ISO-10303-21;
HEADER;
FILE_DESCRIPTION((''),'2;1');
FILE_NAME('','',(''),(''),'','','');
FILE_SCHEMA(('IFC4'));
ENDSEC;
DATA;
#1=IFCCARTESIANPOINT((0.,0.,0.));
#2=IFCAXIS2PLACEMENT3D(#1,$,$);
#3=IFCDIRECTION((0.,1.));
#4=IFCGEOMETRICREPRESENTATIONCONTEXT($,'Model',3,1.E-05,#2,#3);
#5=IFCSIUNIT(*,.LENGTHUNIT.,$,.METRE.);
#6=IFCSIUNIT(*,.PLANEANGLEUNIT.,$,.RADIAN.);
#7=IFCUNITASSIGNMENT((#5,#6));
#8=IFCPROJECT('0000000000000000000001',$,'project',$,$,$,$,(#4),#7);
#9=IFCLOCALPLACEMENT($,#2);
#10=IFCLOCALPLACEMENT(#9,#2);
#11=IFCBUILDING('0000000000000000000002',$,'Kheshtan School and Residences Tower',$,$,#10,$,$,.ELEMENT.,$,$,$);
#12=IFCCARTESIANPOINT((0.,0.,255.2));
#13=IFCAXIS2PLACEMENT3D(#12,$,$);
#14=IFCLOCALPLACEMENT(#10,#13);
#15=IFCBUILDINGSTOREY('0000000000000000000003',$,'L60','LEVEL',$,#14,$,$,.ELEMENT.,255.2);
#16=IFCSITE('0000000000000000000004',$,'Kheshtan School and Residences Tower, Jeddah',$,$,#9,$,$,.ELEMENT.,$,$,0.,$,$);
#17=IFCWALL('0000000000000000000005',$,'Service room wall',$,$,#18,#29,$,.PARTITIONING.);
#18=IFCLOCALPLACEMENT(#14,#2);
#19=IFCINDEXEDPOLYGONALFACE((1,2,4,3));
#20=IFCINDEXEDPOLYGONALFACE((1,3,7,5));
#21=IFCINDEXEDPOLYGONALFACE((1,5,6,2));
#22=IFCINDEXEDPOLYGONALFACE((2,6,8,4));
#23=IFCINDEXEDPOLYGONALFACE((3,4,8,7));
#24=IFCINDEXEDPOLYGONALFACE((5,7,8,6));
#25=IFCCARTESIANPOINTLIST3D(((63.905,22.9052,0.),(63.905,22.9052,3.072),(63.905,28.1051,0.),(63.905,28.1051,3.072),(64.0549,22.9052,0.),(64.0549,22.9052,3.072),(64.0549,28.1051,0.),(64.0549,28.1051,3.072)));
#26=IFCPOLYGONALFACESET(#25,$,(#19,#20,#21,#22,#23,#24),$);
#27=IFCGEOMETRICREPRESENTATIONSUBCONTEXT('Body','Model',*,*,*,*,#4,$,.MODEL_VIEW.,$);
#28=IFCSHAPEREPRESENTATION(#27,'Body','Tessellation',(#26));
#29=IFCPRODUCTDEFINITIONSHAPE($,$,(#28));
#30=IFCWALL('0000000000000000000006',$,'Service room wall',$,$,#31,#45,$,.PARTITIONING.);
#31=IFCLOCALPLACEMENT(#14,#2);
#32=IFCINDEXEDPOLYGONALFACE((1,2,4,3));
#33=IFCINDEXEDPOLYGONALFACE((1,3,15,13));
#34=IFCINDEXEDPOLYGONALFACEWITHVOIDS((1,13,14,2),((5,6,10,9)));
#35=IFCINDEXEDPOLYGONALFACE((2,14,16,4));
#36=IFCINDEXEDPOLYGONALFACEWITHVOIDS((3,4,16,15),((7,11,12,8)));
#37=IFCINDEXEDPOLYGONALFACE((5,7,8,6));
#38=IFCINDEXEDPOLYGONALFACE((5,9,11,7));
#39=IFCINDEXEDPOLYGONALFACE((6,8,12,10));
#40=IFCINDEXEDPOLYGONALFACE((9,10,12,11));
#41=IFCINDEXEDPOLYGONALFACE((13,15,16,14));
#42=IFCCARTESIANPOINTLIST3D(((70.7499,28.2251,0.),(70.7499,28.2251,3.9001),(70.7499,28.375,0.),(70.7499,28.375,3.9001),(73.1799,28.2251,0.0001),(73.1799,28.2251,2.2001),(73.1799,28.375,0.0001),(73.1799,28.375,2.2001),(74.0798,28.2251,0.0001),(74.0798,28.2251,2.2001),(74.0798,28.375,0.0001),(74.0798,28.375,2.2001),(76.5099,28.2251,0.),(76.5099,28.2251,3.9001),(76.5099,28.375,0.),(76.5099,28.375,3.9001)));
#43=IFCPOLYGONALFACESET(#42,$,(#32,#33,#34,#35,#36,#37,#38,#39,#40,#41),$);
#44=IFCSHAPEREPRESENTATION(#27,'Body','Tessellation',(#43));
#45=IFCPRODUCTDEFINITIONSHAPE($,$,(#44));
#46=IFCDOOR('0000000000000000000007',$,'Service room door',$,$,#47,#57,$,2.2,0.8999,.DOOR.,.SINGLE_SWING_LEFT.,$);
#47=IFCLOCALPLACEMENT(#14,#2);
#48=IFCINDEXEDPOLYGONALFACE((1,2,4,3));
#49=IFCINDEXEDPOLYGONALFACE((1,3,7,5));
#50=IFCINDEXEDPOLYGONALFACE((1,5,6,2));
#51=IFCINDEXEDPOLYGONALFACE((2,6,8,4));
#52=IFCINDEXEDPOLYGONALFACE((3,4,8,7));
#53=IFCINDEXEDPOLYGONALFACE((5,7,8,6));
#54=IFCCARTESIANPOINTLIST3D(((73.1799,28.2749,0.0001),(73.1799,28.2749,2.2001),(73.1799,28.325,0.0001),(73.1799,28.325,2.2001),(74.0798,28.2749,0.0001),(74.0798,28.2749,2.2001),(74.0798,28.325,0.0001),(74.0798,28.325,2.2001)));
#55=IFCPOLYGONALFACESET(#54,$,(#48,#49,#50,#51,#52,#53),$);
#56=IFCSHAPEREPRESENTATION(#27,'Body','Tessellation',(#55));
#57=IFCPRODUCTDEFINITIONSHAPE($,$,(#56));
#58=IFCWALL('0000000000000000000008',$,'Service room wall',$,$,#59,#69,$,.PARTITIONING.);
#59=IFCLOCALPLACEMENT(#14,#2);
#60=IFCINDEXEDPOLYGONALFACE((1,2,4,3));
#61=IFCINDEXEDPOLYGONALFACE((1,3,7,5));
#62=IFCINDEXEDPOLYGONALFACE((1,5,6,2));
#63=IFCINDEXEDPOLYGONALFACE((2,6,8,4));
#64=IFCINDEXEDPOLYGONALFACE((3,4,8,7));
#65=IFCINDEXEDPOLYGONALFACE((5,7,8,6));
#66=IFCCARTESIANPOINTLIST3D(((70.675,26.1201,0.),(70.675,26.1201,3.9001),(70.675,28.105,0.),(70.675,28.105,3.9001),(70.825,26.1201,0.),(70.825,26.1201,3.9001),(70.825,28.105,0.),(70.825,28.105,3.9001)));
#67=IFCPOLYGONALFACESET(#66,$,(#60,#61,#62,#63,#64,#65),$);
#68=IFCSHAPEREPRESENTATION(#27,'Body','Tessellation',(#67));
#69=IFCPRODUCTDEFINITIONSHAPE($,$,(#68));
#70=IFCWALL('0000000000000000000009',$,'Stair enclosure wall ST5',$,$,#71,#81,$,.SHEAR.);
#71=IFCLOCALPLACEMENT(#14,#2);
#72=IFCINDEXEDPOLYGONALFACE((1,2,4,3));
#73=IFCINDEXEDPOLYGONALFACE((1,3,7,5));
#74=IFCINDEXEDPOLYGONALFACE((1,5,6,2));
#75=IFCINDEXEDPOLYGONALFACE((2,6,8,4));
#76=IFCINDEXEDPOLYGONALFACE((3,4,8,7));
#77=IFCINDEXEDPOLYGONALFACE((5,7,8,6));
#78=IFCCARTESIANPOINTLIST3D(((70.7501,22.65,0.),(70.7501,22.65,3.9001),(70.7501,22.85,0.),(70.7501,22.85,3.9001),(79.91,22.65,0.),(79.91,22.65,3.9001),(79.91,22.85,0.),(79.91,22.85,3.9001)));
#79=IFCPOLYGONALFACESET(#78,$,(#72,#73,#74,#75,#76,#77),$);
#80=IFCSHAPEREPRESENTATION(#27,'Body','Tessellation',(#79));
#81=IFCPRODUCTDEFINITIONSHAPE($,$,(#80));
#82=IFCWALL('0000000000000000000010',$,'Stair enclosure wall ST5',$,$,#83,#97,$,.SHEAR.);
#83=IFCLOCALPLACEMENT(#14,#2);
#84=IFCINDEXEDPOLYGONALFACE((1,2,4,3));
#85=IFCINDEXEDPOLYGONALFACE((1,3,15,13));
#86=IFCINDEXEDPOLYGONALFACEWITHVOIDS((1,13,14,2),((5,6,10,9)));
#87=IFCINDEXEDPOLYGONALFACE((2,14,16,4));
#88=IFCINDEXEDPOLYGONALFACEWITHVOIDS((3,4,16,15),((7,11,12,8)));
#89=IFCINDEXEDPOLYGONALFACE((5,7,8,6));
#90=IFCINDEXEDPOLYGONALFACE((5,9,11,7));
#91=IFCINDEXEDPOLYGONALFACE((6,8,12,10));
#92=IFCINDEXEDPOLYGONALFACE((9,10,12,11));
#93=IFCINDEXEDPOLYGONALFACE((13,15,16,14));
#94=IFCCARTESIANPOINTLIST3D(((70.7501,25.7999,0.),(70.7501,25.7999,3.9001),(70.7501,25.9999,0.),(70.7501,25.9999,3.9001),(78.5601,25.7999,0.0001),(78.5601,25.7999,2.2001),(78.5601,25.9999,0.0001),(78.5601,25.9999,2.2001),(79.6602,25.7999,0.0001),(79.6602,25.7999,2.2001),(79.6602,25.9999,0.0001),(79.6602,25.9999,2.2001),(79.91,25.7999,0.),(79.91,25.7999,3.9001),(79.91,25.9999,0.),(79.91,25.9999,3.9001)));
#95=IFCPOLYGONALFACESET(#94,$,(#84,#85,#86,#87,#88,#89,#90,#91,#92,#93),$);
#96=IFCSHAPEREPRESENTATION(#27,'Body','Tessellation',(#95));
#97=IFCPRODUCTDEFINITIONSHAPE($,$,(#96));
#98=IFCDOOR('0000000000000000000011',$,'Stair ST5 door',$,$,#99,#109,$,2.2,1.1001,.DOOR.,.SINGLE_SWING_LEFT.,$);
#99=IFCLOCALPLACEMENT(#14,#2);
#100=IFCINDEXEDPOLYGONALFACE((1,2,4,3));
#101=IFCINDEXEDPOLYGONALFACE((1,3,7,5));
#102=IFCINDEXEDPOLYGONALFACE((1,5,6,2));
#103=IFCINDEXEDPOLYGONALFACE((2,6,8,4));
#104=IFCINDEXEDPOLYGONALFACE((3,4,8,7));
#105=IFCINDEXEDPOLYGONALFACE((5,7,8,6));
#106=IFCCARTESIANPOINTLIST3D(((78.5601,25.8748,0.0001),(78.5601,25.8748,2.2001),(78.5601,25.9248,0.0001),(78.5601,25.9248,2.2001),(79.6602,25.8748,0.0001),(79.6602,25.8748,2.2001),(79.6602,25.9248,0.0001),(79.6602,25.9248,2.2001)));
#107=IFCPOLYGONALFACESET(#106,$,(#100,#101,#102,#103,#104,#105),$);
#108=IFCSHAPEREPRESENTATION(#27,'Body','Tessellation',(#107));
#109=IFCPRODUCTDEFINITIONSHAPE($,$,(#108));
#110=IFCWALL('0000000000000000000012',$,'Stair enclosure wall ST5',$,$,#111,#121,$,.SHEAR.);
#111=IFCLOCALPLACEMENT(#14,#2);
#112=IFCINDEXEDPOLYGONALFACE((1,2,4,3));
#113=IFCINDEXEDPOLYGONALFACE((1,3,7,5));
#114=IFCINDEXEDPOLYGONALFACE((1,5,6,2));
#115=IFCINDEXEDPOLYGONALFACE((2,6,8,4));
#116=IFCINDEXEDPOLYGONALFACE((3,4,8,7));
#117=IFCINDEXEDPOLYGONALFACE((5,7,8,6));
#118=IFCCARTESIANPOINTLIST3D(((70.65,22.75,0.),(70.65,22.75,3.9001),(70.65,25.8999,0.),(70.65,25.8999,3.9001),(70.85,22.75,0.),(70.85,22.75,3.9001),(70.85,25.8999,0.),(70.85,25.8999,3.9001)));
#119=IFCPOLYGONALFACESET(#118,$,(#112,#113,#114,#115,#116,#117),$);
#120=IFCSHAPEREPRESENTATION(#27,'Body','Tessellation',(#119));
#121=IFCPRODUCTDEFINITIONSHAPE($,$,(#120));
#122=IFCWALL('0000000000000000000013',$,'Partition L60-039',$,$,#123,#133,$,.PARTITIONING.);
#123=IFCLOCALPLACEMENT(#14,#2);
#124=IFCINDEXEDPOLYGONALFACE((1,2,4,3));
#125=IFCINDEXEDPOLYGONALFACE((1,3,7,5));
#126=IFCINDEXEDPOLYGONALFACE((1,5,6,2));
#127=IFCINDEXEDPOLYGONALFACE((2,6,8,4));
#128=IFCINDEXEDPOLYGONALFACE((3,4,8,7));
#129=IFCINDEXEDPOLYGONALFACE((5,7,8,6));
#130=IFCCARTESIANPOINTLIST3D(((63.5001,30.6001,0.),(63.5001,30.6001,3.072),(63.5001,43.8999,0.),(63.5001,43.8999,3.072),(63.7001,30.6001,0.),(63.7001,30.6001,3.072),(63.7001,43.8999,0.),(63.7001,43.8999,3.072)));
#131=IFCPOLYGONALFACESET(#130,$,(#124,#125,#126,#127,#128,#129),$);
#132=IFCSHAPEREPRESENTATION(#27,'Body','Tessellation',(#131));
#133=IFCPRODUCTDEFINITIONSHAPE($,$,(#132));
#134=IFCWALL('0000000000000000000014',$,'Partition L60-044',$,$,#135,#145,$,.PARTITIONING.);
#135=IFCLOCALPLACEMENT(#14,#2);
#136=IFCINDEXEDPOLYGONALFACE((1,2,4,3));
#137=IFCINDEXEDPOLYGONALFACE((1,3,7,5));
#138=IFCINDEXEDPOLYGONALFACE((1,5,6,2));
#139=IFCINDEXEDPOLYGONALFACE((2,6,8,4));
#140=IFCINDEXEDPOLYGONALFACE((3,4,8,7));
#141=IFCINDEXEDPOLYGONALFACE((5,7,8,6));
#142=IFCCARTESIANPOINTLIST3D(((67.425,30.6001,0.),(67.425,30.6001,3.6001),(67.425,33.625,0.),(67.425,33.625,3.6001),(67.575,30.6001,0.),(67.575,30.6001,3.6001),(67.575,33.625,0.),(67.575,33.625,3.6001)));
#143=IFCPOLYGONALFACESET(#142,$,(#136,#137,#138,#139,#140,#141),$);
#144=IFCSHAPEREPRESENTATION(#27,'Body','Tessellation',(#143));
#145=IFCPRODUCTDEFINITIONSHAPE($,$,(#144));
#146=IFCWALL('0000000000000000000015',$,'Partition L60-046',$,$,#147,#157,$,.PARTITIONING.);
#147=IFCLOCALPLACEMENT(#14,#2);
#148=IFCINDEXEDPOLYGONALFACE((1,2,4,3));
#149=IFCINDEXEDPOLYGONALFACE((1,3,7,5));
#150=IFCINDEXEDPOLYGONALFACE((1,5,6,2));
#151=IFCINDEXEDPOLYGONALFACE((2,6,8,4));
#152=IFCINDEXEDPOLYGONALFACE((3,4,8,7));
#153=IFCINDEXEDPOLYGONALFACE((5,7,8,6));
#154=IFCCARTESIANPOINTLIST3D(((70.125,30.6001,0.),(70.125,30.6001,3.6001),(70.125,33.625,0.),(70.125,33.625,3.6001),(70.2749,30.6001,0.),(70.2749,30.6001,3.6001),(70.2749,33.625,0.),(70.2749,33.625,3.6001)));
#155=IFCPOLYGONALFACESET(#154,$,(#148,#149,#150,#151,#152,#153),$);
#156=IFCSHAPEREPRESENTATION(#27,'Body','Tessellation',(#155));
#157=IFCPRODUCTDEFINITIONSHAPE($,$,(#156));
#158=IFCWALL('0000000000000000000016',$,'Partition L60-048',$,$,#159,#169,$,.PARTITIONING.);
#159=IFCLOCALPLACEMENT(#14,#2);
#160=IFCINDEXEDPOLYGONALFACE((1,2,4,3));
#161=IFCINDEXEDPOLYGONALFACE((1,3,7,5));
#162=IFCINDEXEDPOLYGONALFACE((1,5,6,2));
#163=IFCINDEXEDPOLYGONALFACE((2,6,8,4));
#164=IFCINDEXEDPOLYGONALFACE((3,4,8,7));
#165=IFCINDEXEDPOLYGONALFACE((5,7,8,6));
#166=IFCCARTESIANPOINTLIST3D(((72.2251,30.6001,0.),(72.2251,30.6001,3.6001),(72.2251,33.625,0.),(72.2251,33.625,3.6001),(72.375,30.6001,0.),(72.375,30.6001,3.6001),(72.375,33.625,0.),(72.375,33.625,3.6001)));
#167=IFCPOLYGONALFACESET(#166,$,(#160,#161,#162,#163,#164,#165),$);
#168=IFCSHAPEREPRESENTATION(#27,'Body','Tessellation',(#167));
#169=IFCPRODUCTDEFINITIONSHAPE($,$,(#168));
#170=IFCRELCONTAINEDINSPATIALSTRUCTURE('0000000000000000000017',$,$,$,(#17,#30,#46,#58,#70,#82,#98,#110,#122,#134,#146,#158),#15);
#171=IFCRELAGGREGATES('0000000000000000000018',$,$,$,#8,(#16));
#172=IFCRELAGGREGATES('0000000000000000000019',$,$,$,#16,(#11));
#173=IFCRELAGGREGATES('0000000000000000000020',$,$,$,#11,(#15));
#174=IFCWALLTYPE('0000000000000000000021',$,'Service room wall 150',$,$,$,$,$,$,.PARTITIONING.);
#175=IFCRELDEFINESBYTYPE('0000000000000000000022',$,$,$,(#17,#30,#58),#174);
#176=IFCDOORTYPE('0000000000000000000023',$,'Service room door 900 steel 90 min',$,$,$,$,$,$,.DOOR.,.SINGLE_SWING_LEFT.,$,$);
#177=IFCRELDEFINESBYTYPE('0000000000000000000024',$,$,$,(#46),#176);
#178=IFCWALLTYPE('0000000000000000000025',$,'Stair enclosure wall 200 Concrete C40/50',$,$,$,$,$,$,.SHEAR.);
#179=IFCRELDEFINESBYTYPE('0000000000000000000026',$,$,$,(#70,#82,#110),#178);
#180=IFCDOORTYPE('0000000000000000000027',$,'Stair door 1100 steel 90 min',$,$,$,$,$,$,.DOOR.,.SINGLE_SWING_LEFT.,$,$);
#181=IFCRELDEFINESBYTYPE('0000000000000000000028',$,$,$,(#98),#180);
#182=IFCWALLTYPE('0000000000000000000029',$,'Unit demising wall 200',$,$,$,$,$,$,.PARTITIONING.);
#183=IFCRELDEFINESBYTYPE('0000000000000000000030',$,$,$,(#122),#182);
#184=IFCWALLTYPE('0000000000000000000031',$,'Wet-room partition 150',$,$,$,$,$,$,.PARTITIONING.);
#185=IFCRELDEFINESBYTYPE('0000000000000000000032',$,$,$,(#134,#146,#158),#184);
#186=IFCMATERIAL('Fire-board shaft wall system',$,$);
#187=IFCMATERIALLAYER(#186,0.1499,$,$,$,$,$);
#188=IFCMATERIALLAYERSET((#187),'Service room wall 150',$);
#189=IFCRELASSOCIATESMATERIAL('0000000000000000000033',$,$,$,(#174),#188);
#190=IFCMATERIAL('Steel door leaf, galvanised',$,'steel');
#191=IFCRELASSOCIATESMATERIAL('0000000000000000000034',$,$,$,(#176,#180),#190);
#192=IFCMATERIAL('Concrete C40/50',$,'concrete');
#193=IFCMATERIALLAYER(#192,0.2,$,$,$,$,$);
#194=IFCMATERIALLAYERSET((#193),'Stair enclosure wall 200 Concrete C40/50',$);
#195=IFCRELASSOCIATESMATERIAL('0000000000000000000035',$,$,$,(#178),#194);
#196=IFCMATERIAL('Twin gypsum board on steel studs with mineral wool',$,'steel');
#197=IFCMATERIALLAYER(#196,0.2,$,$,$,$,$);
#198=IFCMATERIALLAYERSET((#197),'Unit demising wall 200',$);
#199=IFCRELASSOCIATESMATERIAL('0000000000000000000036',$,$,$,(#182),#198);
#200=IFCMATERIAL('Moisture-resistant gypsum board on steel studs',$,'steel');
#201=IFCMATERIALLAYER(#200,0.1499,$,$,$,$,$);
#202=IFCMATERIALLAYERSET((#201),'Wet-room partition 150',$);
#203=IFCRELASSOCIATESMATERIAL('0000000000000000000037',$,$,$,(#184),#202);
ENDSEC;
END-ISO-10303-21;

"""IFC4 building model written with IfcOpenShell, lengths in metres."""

from ifc_helpers import new_model, si_unit, direction, frame, frame_2d, origin, place, context, subcontext, project, spatial, rectangle, extrude, source, transform, mapped, material, layer, layer_set, type_object, element, fill, save


model = new_model("IFC4")

# Units and contexts
model_context = context("Model", 3, precision=1e-05, world=origin(), true_north=direction((0.0, 1.0)))
body_context = subcontext(model_context, "Body", "Model", "MODEL_VIEW")
ifc_project = project(units=[si_unit("LENGTHUNIT", "METRE"), si_unit("PLANEANGLEUNIT", "RADIAN")], contexts=[model_context])

# Site, building, storey
site_placement = place(None, origin())
site = spatial("IfcSite", under=ifc_project, at=site_placement, Name="Kheshtan School and Residences Tower, Jeddah", CompositionType="ELEMENT", RefElevation=0.0)
building_placement = place(site_placement, origin())
building = spatial("IfcBuilding", under=site, at=building_placement, Name="Kheshtan School and Residences Tower", CompositionType="ELEMENT")
storey_placement = place(building_placement, frame((0.0, 0.0, 255.2)))
storey = spatial("IfcBuildingStorey", under=building, at=storey_placement, Name="L60", Description="LEVEL", CompositionType="ELEMENT", Elevation=255.2)

# Shared definitions
ifc_material_1 = material(Name="Fire-board shaft wall system")
ifc_layer_1 = layer(ifc_material_1, 0.1499)
ifc_layer_set_1 = layer_set([ifc_layer_1], Name="Service room wall 150")
wall_type_1 = type_object("IfcWallType", Name="Service room wall 150", PredefinedType="PARTITIONING", material=ifc_layer_set_1)

# Shared definitions
ifc_material_2 = material(Name="Steel door leaf, galvanised", Category="steel")
door_type_1 = type_object("IfcDoorType", Name="Service room door 900 steel 90 min", OperationType="SINGLE_SWING_LEFT", PredefinedType="DOOR", material=ifc_material_2)
shared_shape_1 = source(origin(), body_context, "Body", "SweptSolid", [
    extrude(rectangle(XDim=0.8999, YDim=2.2, at=frame_2d((0.45, 1.1001))), frame((0.0, 0.0249, 0.0), z_axis=(0.0, -1.0, 0.0), x_axis=(1.0, 0.0, 0.0)), (0.0, 0.0, 1.0), 0.05),
])

# Wall
wall_1_placement = place(storey_placement, frame((63.98, 22.905, 0.0), z_axis=(0.0, 0.0, 1.0), x_axis=(0.0, 1.0, 0.0)))
element("IfcWall", 1, at=wall_1_placement, inside=storey, type_object=wall_type_1, Name="Service room wall", PredefinedType="PARTITIONING", context=body_context, shape_type="SweptSolid", body=[
    extrude(rectangle(XDim=5.2, YDim=0.1499, at=frame_2d((2.6001, 0.0))), origin(), (0.0, 0.0, 1.0), 3.072),
])

# Wall, opening, door
wall_2_placement = place(storey_placement, frame((70.75, 28.3, 0.0), z_axis=(0.0, 0.0, 1.0), x_axis=(1.0, 0.0, 0.0)))
wall_2 = element("IfcWall", 2, at=wall_2_placement, inside=storey, type_object=wall_type_1, Name="Service room wall", PredefinedType="PARTITIONING", context=body_context, shape_type="SweptSolid", body=[
    extrude(rectangle(XDim=5.76, YDim=0.1499, at=frame_2d((2.8799, 0.0))), origin(), (0.0, 0.0, 1.0), 3.9001),
])
opening_1_placement = place(wall_2_placement, frame((2.4299, 0.0, 0.0)))
opening_1 = element("IfcOpeningElement", 3, at=opening_1_placement, cuts=wall_2, PredefinedType="OPENING", context=body_context, shape_type="SweptSolid", body=[
    extrude(rectangle(XDim=0.8999, YDim=2.2, at=frame_2d((0.45, 1.1001))), frame((0.0, 0.085, 0.0), z_axis=(0.0, -1.0, 0.0), x_axis=(1.0, 0.0, 0.0)), (0.0, 0.0, 1.0), 0.1699),
])
door_1_placement = place(opening_1_placement, origin())
door_1 = element("IfcDoor", 4, at=door_1_placement, inside=storey, type_object=door_type_1, Name="Service room door", OperationType="SINGLE_SWING_LEFT", OverallHeight=2.2, OverallWidth=0.8999, PredefinedType="DOOR", context=body_context, shape_type="MappedRepresentation", body=[
    mapped(shared_shape_1, transform((0.0, 0.0, 0.0), x_axis=(1.0, 0.0, 0.0), y_axis=(0.0, 1.0, 0.0), z_axis=(0.0, 0.0, 1.0), scale=1.0)),
])
fill(opening_1, door_1)

# Walls
wall_3_placement = place(storey_placement, frame((70.75, 26.1201, 0.0), z_axis=(0.0, 0.0, 1.0), x_axis=(0.0, 1.0, 0.0)))
element("IfcWall", 5, at=wall_3_placement, inside=storey, type_object=wall_type_1, Name="Service room wall", PredefinedType="PARTITIONING", context=body_context, shape_type="SweptSolid", body=[
    extrude(rectangle(XDim=1.9849, YDim=0.1499, at=frame_2d((0.9924, 0.0))), origin(), (0.0, 0.0, 1.0), 3.9001),
])
ifc_material_3 = material(Name="Concrete C40/50", Category="concrete")
ifc_layer_2 = layer(ifc_material_3, 0.2)
ifc_layer_set_2 = layer_set([ifc_layer_2], Name="Stair enclosure wall 200 Concrete C40/50")
wall_type_2 = type_object("IfcWallType", Name="Stair enclosure wall 200 Concrete C40/50", PredefinedType="SHEAR", material=ifc_layer_set_2)
wall_4_placement = place(storey_placement, frame((70.75, 22.75, 0.0), z_axis=(0.0, 0.0, 1.0), x_axis=(1.0, 0.0, 0.0)))
element("IfcWall", 6, at=wall_4_placement, inside=storey, type_object=wall_type_2, Name="Stair enclosure wall ST5", PredefinedType="SHEAR", context=body_context, shape_type="SweptSolid", body=[
    extrude(rectangle(XDim=9.1599, YDim=0.2, at=frame_2d((4.5801, 0.0))), origin(), (0.0, 0.0, 1.0), 3.9001),
])

# Wall, opening, door
wall_5_placement = place(storey_placement, frame((70.75, 25.8999, 0.0), z_axis=(0.0, 0.0, 1.0), x_axis=(1.0, 0.0, 0.0)))
wall_5 = element("IfcWall", 7, at=wall_5_placement, inside=storey, type_object=wall_type_2, Name="Stair enclosure wall ST5", PredefinedType="SHEAR", context=body_context, shape_type="SweptSolid", body=[
    extrude(rectangle(XDim=9.1599, YDim=0.2, at=frame_2d((4.5801, 0.0))), origin(), (0.0, 0.0, 1.0), 3.9001),
])
opening_2_placement = place(wall_5_placement, frame((7.8101, 0.0, 0.0)))
opening_2 = element("IfcOpeningElement", 8, at=opening_2_placement, cuts=wall_5, PredefinedType="OPENING", context=body_context, shape_type="SweptSolid", body=[
    extrude(rectangle(XDim=1.1001, YDim=2.2, at=frame_2d((0.55, 1.1001))), frame((0.0, 0.1099, 0.0), z_axis=(0.0, -1.0, 0.0), x_axis=(1.0, 0.0, 0.0)), (0.0, 0.0, 1.0), 0.22),
])
door_type_2 = type_object("IfcDoorType", Name="Stair door 1100 steel 90 min", OperationType="SINGLE_SWING_LEFT", PredefinedType="DOOR", material=ifc_material_2)
shared_shape_2 = source(origin(), body_context, "Body", "SweptSolid", [
    extrude(rectangle(XDim=1.1001, YDim=2.2, at=frame_2d((0.55, 1.1001))), frame((0.0, 0.0249, 0.0), z_axis=(0.0, -1.0, 0.0), x_axis=(1.0, 0.0, 0.0)), (0.0, 0.0, 1.0), 0.05),
])
door_2_placement = place(opening_2_placement, origin())
door_2 = element("IfcDoor", 9, at=door_2_placement, inside=storey, type_object=door_type_2, Name="Stair ST5 door", OperationType="SINGLE_SWING_LEFT", OverallHeight=2.2, OverallWidth=1.1001, PredefinedType="DOOR", context=body_context, shape_type="MappedRepresentation", body=[
    mapped(shared_shape_2, transform((0.0, 0.0, 0.0), x_axis=(1.0, 0.0, 0.0), y_axis=(0.0, 1.0, 0.0), z_axis=(0.0, 0.0, 1.0), scale=1.0)),
])
fill(opening_2, door_2)

# Walls
wall_6_placement = place(storey_placement, frame((70.75, 22.75, 0.0), z_axis=(0.0, 0.0, 1.0), x_axis=(0.0, 1.0, 0.0)))
element("IfcWall", 10, at=wall_6_placement, inside=storey, type_object=wall_type_2, Name="Stair enclosure wall ST5", PredefinedType="SHEAR", context=body_context, shape_type="SweptSolid", body=[
    extrude(rectangle(XDim=3.1499, YDim=0.2, at=frame_2d((1.575, 0.0))), origin(), (0.0, 0.0, 1.0), 3.9001),
])
ifc_material_4 = material(Name="Twin gypsum board on steel studs with mineral wool", Category="steel")
ifc_layer_3 = layer(ifc_material_4, 0.2)
ifc_layer_set_3 = layer_set([ifc_layer_3], Name="Unit demising wall 200")
wall_type_3 = type_object("IfcWallType", Name="Unit demising wall 200", PredefinedType="PARTITIONING", material=ifc_layer_set_3)
wall_7_placement = place(storey_placement, frame((63.6001, 30.6001, 0.0), z_axis=(0.0, 0.0, 1.0), x_axis=(0.0, 1.0, 0.0)))
element("IfcWall", 11, at=wall_7_placement, inside=storey, type_object=wall_type_3, Name="Partition L60-039", PredefinedType="PARTITIONING", context=body_context, shape_type="SweptSolid", body=[
    extrude(rectangle(XDim=13.2998, YDim=0.2, at=frame_2d((6.6499, 0.0))), origin(), (0.0, 0.0, 1.0), 3.072),
])
ifc_material_5 = material(Name="Moisture-resistant gypsum board on steel studs", Category="steel")
ifc_layer_4 = layer(ifc_material_5, 0.1499)
ifc_layer_set_4 = layer_set([ifc_layer_4], Name="Wet-room partition 150")
wall_type_4 = type_object("IfcWallType", Name="Wet-room partition 150", PredefinedType="PARTITIONING", material=ifc_layer_set_4)
for number, where, z_axis, x_axis, name in (
    (12, (67.5, 30.6001, 0.0), (0.0, 0.0, 1.0), (0.0, 1.0, 0.0), "Partition L60-044"),
    (13, (70.2, 30.6001, 0.0), (0.0, 0.0, 1.0), (0.0, 1.0, 0.0), "Partition L60-046"),
    (14, (72.3, 30.6001, 0.0), (0.0, 0.0, 1.0), (0.0, 1.0, 0.0), "Partition L60-048"),
):
    element("IfcWall", number, at=place(storey_placement, frame(where, z_axis=z_axis, x_axis=x_axis)), inside=storey, type_object=wall_type_4, Name=name, PredefinedType="PARTITIONING", context=body_context, shape_type="SweptSolid", body=[
        extrude(rectangle(XDim=3.0249, YDim=0.1499, at=frame_2d((1.5125, 0.0))), origin(), (0.0, 0.0, 1.0), 3.6001),
    ])

save(model, "model.ifc")
